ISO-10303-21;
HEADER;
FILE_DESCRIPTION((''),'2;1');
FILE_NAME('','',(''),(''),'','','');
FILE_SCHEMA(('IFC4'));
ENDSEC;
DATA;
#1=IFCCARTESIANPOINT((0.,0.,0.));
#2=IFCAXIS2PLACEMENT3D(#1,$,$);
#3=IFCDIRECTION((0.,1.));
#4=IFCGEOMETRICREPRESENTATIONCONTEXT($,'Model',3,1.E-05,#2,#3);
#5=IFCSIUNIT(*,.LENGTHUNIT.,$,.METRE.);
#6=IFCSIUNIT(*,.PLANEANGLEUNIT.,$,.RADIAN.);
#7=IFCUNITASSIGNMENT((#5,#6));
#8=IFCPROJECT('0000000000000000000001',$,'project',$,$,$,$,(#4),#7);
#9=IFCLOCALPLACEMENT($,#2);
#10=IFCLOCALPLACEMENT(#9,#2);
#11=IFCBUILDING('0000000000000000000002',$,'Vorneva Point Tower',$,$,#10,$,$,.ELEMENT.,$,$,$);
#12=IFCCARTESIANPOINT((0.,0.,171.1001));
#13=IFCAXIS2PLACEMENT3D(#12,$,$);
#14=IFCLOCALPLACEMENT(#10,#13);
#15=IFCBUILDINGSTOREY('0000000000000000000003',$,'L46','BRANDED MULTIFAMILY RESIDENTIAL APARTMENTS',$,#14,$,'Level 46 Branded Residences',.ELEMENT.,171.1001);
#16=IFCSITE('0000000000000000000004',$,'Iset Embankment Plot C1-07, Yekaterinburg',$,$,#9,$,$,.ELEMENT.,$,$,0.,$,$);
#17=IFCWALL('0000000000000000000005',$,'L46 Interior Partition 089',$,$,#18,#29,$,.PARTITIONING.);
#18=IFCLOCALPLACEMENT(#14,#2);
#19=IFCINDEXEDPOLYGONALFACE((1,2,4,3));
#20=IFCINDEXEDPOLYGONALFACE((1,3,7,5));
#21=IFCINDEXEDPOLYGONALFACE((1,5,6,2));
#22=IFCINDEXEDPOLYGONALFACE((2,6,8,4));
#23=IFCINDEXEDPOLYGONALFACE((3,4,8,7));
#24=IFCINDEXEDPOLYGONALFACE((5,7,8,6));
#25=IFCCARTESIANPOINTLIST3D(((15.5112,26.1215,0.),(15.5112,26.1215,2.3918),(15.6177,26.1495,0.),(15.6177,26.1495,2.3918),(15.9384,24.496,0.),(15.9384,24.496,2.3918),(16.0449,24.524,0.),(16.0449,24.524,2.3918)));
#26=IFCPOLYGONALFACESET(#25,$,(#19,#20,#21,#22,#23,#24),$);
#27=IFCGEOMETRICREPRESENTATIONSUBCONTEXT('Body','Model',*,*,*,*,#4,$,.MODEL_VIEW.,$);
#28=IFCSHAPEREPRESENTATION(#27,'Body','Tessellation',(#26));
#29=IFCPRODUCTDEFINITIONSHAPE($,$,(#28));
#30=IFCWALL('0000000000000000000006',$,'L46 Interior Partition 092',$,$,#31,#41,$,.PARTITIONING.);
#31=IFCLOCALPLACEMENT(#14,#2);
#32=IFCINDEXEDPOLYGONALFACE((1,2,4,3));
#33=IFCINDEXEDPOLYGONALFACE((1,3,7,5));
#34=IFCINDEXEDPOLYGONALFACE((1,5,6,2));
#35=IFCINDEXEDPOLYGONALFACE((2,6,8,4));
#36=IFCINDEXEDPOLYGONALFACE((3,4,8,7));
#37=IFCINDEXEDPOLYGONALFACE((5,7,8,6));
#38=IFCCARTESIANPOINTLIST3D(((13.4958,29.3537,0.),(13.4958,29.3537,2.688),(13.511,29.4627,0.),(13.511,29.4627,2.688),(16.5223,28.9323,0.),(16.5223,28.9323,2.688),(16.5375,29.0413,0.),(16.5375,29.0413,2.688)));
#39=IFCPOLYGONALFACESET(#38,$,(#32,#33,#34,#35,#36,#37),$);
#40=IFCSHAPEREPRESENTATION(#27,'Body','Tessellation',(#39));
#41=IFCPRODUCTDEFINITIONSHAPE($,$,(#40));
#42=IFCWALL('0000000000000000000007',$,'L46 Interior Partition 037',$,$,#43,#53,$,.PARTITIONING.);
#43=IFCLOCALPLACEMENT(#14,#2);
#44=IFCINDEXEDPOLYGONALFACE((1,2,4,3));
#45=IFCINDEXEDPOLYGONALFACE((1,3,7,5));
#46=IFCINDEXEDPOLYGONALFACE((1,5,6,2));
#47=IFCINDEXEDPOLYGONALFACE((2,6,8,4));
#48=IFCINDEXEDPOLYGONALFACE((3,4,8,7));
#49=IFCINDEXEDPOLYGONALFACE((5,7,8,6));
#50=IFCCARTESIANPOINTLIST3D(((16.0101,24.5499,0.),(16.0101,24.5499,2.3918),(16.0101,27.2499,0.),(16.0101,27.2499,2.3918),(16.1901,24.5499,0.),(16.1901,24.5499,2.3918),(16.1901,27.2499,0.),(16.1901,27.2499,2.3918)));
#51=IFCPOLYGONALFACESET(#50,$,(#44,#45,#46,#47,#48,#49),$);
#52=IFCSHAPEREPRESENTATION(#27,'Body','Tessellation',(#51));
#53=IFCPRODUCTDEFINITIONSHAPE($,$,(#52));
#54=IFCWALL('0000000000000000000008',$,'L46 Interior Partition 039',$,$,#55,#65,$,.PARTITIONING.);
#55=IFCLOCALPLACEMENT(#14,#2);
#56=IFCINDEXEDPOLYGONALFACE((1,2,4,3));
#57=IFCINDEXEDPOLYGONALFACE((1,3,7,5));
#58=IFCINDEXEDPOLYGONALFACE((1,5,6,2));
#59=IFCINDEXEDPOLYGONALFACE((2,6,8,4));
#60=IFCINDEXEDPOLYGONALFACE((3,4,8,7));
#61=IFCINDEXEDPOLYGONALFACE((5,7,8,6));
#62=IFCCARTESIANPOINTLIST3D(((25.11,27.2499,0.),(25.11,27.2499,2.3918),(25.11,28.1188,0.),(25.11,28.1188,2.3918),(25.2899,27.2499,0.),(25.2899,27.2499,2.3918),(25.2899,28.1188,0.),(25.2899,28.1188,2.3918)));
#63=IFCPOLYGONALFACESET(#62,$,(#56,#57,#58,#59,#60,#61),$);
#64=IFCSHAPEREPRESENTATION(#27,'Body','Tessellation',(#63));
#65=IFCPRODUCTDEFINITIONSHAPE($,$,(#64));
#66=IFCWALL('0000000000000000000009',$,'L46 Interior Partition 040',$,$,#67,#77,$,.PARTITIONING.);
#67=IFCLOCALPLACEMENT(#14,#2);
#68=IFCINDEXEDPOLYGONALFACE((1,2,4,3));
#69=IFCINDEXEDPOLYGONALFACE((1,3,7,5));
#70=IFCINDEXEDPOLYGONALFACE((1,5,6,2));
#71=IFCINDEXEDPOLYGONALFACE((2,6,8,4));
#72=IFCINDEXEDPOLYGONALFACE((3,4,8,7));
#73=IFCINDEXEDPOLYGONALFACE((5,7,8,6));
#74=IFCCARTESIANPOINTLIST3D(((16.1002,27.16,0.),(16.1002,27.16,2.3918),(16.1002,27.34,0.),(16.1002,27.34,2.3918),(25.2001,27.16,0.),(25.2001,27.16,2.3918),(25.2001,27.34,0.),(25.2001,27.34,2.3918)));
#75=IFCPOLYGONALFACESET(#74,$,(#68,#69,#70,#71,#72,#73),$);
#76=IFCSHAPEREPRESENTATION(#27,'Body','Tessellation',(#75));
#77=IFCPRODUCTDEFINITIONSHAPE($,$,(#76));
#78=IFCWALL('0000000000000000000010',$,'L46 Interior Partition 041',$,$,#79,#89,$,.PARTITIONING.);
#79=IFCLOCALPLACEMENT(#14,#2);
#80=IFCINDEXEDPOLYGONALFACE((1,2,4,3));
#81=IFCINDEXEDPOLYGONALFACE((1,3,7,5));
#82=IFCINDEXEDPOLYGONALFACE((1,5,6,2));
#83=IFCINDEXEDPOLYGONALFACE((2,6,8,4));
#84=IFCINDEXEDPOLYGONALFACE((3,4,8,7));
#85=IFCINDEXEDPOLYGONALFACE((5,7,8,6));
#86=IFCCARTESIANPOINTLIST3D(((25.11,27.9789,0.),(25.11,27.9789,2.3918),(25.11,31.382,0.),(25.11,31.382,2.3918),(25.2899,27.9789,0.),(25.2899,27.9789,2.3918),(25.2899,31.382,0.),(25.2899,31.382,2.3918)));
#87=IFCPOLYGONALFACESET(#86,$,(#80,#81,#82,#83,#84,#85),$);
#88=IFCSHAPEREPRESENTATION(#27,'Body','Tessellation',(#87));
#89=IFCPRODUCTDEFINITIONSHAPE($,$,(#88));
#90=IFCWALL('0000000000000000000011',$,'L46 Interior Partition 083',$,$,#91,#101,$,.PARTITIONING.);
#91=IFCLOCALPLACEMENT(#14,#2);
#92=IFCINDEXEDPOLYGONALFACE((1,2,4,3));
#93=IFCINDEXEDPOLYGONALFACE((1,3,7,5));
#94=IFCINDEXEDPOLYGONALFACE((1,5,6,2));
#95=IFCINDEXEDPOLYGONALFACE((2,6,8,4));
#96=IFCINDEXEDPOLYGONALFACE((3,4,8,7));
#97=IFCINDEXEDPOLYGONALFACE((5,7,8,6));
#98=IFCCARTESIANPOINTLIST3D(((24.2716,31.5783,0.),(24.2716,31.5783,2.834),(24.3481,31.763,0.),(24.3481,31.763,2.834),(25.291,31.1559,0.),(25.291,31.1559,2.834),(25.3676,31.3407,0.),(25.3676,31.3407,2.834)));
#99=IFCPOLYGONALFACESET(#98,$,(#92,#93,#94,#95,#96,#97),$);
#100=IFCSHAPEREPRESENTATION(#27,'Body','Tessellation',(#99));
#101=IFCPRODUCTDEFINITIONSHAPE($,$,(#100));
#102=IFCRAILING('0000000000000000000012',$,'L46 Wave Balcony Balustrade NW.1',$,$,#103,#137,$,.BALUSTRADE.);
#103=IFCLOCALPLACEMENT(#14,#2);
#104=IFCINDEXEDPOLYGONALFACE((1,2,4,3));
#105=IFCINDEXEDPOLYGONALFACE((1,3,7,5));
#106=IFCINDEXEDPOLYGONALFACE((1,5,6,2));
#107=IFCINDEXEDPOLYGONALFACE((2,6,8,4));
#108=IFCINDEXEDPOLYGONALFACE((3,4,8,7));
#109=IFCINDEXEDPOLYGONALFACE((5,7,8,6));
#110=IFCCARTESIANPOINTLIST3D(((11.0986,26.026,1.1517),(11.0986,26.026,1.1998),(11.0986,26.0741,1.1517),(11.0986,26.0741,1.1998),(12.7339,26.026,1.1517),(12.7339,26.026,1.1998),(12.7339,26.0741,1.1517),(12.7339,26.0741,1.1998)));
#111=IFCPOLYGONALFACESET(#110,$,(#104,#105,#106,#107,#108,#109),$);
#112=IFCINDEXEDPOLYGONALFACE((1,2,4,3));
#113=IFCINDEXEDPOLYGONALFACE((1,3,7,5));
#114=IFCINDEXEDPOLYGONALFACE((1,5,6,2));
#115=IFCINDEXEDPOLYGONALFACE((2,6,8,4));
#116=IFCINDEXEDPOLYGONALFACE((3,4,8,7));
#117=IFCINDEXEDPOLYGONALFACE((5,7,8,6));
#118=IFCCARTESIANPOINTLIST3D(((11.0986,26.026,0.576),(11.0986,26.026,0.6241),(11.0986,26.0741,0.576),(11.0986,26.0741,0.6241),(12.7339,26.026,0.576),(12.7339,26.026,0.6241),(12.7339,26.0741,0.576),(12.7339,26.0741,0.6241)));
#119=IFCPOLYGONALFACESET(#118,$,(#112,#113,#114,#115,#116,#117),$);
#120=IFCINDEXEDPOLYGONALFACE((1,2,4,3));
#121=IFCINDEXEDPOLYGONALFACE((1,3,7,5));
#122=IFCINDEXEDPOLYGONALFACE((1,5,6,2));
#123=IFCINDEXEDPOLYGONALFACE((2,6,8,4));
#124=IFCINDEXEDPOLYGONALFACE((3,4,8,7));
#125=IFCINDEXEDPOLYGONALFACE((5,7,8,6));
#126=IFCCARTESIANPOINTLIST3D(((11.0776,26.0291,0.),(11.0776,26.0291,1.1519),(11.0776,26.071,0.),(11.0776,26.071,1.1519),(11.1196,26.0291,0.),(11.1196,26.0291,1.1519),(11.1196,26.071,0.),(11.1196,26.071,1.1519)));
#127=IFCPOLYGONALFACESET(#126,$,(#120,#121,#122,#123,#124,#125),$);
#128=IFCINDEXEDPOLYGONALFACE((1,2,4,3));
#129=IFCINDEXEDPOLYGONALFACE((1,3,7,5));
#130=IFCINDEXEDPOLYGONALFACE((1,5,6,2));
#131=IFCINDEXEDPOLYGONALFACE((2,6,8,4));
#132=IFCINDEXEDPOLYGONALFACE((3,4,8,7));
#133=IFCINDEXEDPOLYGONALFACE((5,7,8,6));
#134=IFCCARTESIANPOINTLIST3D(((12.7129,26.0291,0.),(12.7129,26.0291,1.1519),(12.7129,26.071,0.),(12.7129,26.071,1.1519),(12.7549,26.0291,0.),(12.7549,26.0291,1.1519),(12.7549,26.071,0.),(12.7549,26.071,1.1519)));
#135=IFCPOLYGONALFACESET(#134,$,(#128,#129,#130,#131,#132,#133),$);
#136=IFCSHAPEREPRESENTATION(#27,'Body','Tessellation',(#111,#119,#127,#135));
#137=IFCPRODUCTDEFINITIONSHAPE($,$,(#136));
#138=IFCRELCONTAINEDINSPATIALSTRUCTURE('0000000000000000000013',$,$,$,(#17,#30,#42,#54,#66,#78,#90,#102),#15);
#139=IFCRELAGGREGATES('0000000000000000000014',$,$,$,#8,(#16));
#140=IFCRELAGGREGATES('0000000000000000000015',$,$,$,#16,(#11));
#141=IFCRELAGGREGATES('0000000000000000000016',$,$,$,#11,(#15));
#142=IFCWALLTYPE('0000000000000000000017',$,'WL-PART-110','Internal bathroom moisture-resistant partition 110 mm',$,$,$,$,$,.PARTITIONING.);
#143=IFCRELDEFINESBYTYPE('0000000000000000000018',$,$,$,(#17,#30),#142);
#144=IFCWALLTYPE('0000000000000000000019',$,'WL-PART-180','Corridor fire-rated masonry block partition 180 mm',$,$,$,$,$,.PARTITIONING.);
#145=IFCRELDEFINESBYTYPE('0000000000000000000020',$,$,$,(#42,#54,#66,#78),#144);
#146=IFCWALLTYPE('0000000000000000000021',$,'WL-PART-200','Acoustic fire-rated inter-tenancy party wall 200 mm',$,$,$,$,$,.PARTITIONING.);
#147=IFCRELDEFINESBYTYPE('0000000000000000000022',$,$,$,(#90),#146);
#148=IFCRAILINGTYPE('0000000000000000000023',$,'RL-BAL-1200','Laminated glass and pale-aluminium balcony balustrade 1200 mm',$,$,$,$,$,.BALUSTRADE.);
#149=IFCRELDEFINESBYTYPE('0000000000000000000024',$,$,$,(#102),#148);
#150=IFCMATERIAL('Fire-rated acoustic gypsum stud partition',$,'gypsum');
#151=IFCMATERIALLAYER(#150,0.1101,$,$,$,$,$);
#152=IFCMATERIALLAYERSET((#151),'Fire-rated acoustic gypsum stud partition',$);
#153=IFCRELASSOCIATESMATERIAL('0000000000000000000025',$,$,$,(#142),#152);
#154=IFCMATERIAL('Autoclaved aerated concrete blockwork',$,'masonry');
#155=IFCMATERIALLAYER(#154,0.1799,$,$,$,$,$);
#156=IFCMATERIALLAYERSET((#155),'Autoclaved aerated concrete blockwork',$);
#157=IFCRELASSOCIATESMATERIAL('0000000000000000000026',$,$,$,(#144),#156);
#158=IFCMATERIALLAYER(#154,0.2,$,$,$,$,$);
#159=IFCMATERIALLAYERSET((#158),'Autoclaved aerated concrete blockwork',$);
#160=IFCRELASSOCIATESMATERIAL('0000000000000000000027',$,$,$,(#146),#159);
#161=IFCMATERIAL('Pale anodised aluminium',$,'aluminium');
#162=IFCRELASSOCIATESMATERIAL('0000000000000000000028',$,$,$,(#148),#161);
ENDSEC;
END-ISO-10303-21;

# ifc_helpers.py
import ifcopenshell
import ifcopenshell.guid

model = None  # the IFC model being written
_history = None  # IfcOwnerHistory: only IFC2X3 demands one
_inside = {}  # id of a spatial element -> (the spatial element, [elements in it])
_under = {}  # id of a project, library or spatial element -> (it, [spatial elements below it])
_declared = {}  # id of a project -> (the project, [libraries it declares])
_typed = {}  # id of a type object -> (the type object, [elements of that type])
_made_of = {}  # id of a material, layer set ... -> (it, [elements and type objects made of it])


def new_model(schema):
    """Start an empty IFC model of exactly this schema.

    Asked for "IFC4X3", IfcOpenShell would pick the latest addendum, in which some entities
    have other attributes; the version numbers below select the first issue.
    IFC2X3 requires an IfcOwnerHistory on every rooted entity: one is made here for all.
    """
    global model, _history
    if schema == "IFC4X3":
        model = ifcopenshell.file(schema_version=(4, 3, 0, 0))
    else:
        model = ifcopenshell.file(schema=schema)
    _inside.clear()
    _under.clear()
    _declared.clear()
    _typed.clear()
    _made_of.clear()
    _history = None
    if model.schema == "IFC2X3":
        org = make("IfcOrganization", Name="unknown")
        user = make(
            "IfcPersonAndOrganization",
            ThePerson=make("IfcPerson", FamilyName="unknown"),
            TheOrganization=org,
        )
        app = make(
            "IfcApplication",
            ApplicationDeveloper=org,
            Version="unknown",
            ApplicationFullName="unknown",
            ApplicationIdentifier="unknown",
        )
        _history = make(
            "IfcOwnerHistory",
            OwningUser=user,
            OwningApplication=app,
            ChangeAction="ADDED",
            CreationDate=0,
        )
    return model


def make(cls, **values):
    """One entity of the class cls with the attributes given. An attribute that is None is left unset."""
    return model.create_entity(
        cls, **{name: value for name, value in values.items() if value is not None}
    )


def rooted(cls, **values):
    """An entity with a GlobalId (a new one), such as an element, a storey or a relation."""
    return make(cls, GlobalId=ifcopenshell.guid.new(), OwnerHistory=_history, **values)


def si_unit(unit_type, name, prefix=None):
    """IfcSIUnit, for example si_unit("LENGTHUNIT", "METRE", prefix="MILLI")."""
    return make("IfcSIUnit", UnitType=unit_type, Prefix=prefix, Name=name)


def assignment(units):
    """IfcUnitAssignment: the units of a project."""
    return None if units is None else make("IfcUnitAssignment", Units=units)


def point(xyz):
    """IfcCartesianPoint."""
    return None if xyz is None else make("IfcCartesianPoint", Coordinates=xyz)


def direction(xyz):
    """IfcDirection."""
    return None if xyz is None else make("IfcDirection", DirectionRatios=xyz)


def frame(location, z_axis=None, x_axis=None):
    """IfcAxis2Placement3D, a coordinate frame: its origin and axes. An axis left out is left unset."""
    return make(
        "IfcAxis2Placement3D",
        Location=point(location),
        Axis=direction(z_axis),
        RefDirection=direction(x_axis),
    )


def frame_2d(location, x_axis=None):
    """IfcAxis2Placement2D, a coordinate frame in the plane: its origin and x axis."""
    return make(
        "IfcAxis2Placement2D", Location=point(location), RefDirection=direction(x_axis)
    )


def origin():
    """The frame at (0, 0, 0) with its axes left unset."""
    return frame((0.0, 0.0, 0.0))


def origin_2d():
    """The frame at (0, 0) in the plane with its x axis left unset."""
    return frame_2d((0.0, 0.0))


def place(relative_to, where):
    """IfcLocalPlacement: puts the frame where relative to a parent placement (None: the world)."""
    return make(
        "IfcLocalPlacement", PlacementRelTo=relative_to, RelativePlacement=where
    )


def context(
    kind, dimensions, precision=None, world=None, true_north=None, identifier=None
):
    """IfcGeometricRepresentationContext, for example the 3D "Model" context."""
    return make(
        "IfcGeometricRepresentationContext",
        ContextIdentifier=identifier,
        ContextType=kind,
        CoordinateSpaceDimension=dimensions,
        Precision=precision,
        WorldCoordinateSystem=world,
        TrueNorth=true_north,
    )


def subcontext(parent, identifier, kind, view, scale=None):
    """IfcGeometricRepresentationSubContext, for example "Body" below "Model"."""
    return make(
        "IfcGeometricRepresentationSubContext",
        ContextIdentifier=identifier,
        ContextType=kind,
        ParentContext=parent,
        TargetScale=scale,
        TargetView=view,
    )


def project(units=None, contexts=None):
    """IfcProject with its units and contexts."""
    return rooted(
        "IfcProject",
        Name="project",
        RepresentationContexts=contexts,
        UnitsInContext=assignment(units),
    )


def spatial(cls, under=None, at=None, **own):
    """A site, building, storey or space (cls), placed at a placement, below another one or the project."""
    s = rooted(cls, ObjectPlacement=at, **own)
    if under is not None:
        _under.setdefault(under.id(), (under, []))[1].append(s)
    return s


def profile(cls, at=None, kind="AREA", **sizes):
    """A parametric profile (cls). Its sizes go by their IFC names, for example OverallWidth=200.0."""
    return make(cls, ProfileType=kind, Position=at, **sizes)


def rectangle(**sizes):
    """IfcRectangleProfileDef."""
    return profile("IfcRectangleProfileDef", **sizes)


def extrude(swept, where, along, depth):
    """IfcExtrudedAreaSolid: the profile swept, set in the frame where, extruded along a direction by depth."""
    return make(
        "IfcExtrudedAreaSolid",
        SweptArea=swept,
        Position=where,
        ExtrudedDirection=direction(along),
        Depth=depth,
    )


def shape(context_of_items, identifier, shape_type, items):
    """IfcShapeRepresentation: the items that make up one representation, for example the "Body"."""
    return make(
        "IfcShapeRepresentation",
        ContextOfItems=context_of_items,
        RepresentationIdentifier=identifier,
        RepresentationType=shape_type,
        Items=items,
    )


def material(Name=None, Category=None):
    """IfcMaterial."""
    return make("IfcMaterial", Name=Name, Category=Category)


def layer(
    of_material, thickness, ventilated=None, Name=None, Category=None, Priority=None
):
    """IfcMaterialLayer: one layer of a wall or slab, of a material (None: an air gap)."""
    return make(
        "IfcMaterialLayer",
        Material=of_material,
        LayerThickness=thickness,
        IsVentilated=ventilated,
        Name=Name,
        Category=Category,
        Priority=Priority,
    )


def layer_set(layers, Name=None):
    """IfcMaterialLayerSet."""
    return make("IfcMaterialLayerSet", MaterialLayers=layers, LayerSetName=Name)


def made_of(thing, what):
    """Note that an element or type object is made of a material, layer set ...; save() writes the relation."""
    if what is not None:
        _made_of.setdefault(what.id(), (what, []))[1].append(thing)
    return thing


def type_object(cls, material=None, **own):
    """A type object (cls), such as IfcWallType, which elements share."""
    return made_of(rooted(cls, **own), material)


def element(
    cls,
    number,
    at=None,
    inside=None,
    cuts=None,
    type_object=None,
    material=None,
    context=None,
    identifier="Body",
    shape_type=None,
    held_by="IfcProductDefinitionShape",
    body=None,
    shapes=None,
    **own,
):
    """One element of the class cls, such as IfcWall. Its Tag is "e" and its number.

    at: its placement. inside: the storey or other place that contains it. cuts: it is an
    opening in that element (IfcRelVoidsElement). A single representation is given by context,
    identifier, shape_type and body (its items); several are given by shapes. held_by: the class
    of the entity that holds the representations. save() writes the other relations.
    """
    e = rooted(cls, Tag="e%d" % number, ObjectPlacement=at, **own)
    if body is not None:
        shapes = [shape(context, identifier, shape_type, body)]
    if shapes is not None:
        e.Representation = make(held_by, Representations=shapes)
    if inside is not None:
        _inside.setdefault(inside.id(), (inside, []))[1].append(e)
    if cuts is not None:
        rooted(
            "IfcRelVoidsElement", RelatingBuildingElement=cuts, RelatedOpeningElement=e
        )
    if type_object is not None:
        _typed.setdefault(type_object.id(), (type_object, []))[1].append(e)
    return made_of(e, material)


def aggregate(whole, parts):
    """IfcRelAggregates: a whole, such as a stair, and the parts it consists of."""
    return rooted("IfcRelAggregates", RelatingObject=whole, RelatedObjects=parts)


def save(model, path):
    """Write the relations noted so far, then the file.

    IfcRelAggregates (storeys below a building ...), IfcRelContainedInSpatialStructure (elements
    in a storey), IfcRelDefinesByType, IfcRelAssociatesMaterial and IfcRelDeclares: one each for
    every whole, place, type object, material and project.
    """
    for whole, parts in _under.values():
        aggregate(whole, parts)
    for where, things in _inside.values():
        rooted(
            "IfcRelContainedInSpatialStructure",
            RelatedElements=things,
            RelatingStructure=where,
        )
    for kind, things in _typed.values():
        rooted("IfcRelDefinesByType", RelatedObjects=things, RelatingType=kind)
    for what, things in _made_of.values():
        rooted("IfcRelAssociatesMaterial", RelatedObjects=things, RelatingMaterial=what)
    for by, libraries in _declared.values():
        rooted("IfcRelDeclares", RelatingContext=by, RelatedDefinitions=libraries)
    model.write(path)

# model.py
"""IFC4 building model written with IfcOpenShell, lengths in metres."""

from ifc_helpers import new_model, si_unit, direction, frame, frame_2d, origin, origin_2d, place, context, subcontext, project, spatial, rectangle, extrude, material, layer, layer_set, type_object, element, save


model = new_model("IFC4")

# Units and contexts
model_context = context("Model", 3, precision=1e-05, world=origin(), true_north=direction((0.0, 1.0)))
body_context = subcontext(model_context, "Body", "Model", "MODEL_VIEW")
ifc_project = project(units=[si_unit("LENGTHUNIT", "METRE"), si_unit("PLANEANGLEUNIT", "RADIAN")], contexts=[model_context])

# Site, building, storey
site_placement = place(None, origin())
site = spatial("IfcSite", under=ifc_project, at=site_placement, Name="Iset Embankment Plot C1-07, Yekaterinburg", CompositionType="ELEMENT", RefElevation=0.0)
building_placement = place(site_placement, origin())
building = spatial("IfcBuilding", under=site, at=building_placement, Name="Vorneva Point Tower", CompositionType="ELEMENT")
storey_placement = place(building_placement, frame((0.0, 0.0, 171.1001)))
storey = spatial("IfcBuildingStorey", under=building, at=storey_placement, Name="L46", Description="BRANDED MULTIFAMILY RESIDENTIAL APARTMENTS", LongName="Level 46 Branded Residences", CompositionType="ELEMENT", Elevation=171.1001)

# Shared definitions
ifc_material_1 = material(Name="Pale anodised aluminium", Category="aluminium")

# Shared definitions
ifc_material_2 = material(Name="Fire-rated acoustic gypsum stud partition", Category="gypsum")
ifc_layer_1 = layer(ifc_material_2, 0.1101)
ifc_layer_set_1 = layer_set([ifc_layer_1], Name="Fire-rated acoustic gypsum stud partition")
wall_type_1 = type_object("IfcWallType", Name="WL-PART-110", Description="Internal bathroom moisture-resistant partition 110 mm", PredefinedType="PARTITIONING", material=ifc_layer_set_1)

# Walls
wall_1_placement = place(storey_placement, frame((15.5645, 26.1355, 0.0), z_axis=(0.0, 0.0, 1.0), x_axis=(0.254207, -0.96715, 0.0)))
element("IfcWall", 1, at=wall_1_placement, inside=storey, type_object=wall_type_1, Name="L46 Interior Partition 089", PredefinedType="PARTITIONING", context=body_context, shape_type="SweptSolid", body=[
    extrude(rectangle(XDim=1.6807, YDim=0.1101, at=frame_2d((0.8403, 0.0))), origin(), (0.0, 0.0, 1.0), 2.3918),
])
wall_2_placement = place(storey_placement, frame((13.5034, 29.4082, 0.0), z_axis=(0.0, 0.0, 1.0), x_axis=(0.990445, -0.137908, 0.0)))
element("IfcWall", 2, at=wall_2_placement, inside=storey, type_object=wall_type_1, Name="L46 Interior Partition 092", PredefinedType="PARTITIONING", context=body_context, shape_type="SweptSolid", body=[
    extrude(rectangle(XDim=3.0557, YDim=0.1101, at=frame_2d((1.5278, 0.0))), origin(), (0.0, 0.0, 1.0), 2.688),
])
ifc_material_3 = material(Name="Autoclaved aerated concrete blockwork", Category="masonry")
ifc_layer_2 = layer(ifc_material_3, 0.1799)
ifc_layer_set_2 = layer_set([ifc_layer_2], Name="Autoclaved aerated concrete blockwork")
wall_type_2 = type_object("IfcWallType", Name="WL-PART-180", Description="Corridor fire-rated masonry block partition 180 mm", PredefinedType="PARTITIONING", material=ifc_layer_set_2)
wall_3_placement = place(storey_placement, frame((16.1001, 27.25, 0.0), z_axis=(0.0, 0.0, 1.0), x_axis=(0.0, -1.0, 0.0)))
element("IfcWall", 3, at=wall_3_placement, inside=storey, type_object=wall_type_2, Name="L46 Interior Partition 037", PredefinedType="PARTITIONING", context=body_context, shape_type="SweptSolid", body=[
    extrude(rectangle(XDim=2.7, YDim=0.1799, at=frame_2d((1.3501, 0.0))), origin(), (0.0, 0.0, 1.0), 2.3918),
])
wall_4_placement = place(storey_placement, frame((25.2, 28.1189, 0.0), z_axis=(0.0, 0.0, 1.0), x_axis=(0.0, -1.0, 0.0)))
element("IfcWall", 4, at=wall_4_placement, inside=storey, type_object=wall_type_2, Name="L46 Interior Partition 039", PredefinedType="PARTITIONING", context=body_context, shape_type="SweptSolid", body=[
    extrude(rectangle(XDim=0.8689, YDim=0.1799, at=frame_2d((0.4346, 0.0))), origin(), (0.0, 0.0, 1.0), 2.3918),
])
wall_5_placement = place(storey_placement, frame((25.2, 27.25, 0.0), z_axis=(0.0, 0.0, 1.0), x_axis=(-1.0, 0.0, 0.0)))
element("IfcWall", 5, at=wall_5_placement, inside=storey, type_object=wall_type_2, Name="L46 Interior Partition 040", PredefinedType="PARTITIONING", context=body_context, shape_type="SweptSolid", body=[
    extrude(rectangle(XDim=9.0999, YDim=0.1799, at=frame_2d((4.5498, 0.0))), origin(), (0.0, 0.0, 1.0), 2.3918),
])
wall_6_placement = place(storey_placement, frame((25.2, 31.3821, 0.0), z_axis=(0.0, 0.0, 1.0), x_axis=(0.0, -1.0, 0.0)))
element("IfcWall", 6, at=wall_6_placement, inside=storey, type_object=wall_type_2, Name="L46 Interior Partition 041", PredefinedType="PARTITIONING", context=body_context, shape_type="SweptSolid", body=[
    extrude(rectangle(XDim=3.4031, YDim=0.1799, at=frame_2d((1.7017, 0.0))), origin(), (0.0, 0.0, 1.0), 2.3918),
])
ifc_layer_3 = layer(ifc_material_3, 0.2)
ifc_layer_set_3 = layer_set([ifc_layer_3], Name="Autoclaved aerated concrete blockwork")
wall_type_3 = type_object("IfcWallType", Name="WL-PART-200", Description="Acoustic fire-rated inter-tenancy party wall 200 mm", PredefinedType="PARTITIONING", material=ifc_layer_set_3)
wall_7_placement = place(storey_placement, frame((24.3098, 31.6707, 0.0), z_axis=(0.0, 0.0, 1.0), x_axis=(0.92386, -0.38273, 0.0)))
element("IfcWall", 7, at=wall_7_placement, inside=storey, type_object=wall_type_3, Name="L46 Interior Partition 083", PredefinedType="PARTITIONING", context=body_context, shape_type="SweptSolid", body=[
    extrude(rectangle(XDim=1.1035, YDim=0.2, at=frame_2d((0.5518, 0.0))), origin(), (0.0, 0.0, 1.0), 2.834),
])

# Railing
railing_type = type_object("IfcRailingType", Name="RL-BAL-1200", Description="Laminated glass and pale-aluminium balcony balustrade 1200 mm", PredefinedType="BALUSTRADE", material=ifc_material_1)
railing_placement = place(storey_placement, frame((11.0986, 26.05, 0.0)))
element("IfcRailing", 8, at=railing_placement, inside=storey, type_object=railing_type, Name="L46 Wave Balcony Balustrade NW.1", PredefinedType="BALUSTRADE", context=body_context, shape_type="SweptSolid", body=[
    extrude(rectangle(XDim=0.0481, YDim=0.0481, at=origin_2d()), frame((0.0, 0.0, 1.1758), z_axis=(1.0, 0.0, 0.0), x_axis=(0.0, 1.0, 0.0)), (0.0, 0.0, 1.0), 1.6353),
    extrude(rectangle(XDim=0.0481, YDim=0.0481, at=origin_2d()), frame((0.0, 0.0, 0.6001), z_axis=(1.0, 0.0, 0.0), x_axis=(0.0, 1.0, 0.0)), (0.0, 0.0, 1.0), 1.6353),
    extrude(rectangle(XDim=0.042, YDim=0.042, at=origin_2d()), origin(), (0.0, 0.0, 1.0), 1.1519),
    extrude(rectangle(XDim=0.042, YDim=0.042, at=origin_2d()), frame((1.6353, 0.0, 0.0)), (0.0, 0.0, 1.0), 1.1519),
])

save(model, "model.ifc")
